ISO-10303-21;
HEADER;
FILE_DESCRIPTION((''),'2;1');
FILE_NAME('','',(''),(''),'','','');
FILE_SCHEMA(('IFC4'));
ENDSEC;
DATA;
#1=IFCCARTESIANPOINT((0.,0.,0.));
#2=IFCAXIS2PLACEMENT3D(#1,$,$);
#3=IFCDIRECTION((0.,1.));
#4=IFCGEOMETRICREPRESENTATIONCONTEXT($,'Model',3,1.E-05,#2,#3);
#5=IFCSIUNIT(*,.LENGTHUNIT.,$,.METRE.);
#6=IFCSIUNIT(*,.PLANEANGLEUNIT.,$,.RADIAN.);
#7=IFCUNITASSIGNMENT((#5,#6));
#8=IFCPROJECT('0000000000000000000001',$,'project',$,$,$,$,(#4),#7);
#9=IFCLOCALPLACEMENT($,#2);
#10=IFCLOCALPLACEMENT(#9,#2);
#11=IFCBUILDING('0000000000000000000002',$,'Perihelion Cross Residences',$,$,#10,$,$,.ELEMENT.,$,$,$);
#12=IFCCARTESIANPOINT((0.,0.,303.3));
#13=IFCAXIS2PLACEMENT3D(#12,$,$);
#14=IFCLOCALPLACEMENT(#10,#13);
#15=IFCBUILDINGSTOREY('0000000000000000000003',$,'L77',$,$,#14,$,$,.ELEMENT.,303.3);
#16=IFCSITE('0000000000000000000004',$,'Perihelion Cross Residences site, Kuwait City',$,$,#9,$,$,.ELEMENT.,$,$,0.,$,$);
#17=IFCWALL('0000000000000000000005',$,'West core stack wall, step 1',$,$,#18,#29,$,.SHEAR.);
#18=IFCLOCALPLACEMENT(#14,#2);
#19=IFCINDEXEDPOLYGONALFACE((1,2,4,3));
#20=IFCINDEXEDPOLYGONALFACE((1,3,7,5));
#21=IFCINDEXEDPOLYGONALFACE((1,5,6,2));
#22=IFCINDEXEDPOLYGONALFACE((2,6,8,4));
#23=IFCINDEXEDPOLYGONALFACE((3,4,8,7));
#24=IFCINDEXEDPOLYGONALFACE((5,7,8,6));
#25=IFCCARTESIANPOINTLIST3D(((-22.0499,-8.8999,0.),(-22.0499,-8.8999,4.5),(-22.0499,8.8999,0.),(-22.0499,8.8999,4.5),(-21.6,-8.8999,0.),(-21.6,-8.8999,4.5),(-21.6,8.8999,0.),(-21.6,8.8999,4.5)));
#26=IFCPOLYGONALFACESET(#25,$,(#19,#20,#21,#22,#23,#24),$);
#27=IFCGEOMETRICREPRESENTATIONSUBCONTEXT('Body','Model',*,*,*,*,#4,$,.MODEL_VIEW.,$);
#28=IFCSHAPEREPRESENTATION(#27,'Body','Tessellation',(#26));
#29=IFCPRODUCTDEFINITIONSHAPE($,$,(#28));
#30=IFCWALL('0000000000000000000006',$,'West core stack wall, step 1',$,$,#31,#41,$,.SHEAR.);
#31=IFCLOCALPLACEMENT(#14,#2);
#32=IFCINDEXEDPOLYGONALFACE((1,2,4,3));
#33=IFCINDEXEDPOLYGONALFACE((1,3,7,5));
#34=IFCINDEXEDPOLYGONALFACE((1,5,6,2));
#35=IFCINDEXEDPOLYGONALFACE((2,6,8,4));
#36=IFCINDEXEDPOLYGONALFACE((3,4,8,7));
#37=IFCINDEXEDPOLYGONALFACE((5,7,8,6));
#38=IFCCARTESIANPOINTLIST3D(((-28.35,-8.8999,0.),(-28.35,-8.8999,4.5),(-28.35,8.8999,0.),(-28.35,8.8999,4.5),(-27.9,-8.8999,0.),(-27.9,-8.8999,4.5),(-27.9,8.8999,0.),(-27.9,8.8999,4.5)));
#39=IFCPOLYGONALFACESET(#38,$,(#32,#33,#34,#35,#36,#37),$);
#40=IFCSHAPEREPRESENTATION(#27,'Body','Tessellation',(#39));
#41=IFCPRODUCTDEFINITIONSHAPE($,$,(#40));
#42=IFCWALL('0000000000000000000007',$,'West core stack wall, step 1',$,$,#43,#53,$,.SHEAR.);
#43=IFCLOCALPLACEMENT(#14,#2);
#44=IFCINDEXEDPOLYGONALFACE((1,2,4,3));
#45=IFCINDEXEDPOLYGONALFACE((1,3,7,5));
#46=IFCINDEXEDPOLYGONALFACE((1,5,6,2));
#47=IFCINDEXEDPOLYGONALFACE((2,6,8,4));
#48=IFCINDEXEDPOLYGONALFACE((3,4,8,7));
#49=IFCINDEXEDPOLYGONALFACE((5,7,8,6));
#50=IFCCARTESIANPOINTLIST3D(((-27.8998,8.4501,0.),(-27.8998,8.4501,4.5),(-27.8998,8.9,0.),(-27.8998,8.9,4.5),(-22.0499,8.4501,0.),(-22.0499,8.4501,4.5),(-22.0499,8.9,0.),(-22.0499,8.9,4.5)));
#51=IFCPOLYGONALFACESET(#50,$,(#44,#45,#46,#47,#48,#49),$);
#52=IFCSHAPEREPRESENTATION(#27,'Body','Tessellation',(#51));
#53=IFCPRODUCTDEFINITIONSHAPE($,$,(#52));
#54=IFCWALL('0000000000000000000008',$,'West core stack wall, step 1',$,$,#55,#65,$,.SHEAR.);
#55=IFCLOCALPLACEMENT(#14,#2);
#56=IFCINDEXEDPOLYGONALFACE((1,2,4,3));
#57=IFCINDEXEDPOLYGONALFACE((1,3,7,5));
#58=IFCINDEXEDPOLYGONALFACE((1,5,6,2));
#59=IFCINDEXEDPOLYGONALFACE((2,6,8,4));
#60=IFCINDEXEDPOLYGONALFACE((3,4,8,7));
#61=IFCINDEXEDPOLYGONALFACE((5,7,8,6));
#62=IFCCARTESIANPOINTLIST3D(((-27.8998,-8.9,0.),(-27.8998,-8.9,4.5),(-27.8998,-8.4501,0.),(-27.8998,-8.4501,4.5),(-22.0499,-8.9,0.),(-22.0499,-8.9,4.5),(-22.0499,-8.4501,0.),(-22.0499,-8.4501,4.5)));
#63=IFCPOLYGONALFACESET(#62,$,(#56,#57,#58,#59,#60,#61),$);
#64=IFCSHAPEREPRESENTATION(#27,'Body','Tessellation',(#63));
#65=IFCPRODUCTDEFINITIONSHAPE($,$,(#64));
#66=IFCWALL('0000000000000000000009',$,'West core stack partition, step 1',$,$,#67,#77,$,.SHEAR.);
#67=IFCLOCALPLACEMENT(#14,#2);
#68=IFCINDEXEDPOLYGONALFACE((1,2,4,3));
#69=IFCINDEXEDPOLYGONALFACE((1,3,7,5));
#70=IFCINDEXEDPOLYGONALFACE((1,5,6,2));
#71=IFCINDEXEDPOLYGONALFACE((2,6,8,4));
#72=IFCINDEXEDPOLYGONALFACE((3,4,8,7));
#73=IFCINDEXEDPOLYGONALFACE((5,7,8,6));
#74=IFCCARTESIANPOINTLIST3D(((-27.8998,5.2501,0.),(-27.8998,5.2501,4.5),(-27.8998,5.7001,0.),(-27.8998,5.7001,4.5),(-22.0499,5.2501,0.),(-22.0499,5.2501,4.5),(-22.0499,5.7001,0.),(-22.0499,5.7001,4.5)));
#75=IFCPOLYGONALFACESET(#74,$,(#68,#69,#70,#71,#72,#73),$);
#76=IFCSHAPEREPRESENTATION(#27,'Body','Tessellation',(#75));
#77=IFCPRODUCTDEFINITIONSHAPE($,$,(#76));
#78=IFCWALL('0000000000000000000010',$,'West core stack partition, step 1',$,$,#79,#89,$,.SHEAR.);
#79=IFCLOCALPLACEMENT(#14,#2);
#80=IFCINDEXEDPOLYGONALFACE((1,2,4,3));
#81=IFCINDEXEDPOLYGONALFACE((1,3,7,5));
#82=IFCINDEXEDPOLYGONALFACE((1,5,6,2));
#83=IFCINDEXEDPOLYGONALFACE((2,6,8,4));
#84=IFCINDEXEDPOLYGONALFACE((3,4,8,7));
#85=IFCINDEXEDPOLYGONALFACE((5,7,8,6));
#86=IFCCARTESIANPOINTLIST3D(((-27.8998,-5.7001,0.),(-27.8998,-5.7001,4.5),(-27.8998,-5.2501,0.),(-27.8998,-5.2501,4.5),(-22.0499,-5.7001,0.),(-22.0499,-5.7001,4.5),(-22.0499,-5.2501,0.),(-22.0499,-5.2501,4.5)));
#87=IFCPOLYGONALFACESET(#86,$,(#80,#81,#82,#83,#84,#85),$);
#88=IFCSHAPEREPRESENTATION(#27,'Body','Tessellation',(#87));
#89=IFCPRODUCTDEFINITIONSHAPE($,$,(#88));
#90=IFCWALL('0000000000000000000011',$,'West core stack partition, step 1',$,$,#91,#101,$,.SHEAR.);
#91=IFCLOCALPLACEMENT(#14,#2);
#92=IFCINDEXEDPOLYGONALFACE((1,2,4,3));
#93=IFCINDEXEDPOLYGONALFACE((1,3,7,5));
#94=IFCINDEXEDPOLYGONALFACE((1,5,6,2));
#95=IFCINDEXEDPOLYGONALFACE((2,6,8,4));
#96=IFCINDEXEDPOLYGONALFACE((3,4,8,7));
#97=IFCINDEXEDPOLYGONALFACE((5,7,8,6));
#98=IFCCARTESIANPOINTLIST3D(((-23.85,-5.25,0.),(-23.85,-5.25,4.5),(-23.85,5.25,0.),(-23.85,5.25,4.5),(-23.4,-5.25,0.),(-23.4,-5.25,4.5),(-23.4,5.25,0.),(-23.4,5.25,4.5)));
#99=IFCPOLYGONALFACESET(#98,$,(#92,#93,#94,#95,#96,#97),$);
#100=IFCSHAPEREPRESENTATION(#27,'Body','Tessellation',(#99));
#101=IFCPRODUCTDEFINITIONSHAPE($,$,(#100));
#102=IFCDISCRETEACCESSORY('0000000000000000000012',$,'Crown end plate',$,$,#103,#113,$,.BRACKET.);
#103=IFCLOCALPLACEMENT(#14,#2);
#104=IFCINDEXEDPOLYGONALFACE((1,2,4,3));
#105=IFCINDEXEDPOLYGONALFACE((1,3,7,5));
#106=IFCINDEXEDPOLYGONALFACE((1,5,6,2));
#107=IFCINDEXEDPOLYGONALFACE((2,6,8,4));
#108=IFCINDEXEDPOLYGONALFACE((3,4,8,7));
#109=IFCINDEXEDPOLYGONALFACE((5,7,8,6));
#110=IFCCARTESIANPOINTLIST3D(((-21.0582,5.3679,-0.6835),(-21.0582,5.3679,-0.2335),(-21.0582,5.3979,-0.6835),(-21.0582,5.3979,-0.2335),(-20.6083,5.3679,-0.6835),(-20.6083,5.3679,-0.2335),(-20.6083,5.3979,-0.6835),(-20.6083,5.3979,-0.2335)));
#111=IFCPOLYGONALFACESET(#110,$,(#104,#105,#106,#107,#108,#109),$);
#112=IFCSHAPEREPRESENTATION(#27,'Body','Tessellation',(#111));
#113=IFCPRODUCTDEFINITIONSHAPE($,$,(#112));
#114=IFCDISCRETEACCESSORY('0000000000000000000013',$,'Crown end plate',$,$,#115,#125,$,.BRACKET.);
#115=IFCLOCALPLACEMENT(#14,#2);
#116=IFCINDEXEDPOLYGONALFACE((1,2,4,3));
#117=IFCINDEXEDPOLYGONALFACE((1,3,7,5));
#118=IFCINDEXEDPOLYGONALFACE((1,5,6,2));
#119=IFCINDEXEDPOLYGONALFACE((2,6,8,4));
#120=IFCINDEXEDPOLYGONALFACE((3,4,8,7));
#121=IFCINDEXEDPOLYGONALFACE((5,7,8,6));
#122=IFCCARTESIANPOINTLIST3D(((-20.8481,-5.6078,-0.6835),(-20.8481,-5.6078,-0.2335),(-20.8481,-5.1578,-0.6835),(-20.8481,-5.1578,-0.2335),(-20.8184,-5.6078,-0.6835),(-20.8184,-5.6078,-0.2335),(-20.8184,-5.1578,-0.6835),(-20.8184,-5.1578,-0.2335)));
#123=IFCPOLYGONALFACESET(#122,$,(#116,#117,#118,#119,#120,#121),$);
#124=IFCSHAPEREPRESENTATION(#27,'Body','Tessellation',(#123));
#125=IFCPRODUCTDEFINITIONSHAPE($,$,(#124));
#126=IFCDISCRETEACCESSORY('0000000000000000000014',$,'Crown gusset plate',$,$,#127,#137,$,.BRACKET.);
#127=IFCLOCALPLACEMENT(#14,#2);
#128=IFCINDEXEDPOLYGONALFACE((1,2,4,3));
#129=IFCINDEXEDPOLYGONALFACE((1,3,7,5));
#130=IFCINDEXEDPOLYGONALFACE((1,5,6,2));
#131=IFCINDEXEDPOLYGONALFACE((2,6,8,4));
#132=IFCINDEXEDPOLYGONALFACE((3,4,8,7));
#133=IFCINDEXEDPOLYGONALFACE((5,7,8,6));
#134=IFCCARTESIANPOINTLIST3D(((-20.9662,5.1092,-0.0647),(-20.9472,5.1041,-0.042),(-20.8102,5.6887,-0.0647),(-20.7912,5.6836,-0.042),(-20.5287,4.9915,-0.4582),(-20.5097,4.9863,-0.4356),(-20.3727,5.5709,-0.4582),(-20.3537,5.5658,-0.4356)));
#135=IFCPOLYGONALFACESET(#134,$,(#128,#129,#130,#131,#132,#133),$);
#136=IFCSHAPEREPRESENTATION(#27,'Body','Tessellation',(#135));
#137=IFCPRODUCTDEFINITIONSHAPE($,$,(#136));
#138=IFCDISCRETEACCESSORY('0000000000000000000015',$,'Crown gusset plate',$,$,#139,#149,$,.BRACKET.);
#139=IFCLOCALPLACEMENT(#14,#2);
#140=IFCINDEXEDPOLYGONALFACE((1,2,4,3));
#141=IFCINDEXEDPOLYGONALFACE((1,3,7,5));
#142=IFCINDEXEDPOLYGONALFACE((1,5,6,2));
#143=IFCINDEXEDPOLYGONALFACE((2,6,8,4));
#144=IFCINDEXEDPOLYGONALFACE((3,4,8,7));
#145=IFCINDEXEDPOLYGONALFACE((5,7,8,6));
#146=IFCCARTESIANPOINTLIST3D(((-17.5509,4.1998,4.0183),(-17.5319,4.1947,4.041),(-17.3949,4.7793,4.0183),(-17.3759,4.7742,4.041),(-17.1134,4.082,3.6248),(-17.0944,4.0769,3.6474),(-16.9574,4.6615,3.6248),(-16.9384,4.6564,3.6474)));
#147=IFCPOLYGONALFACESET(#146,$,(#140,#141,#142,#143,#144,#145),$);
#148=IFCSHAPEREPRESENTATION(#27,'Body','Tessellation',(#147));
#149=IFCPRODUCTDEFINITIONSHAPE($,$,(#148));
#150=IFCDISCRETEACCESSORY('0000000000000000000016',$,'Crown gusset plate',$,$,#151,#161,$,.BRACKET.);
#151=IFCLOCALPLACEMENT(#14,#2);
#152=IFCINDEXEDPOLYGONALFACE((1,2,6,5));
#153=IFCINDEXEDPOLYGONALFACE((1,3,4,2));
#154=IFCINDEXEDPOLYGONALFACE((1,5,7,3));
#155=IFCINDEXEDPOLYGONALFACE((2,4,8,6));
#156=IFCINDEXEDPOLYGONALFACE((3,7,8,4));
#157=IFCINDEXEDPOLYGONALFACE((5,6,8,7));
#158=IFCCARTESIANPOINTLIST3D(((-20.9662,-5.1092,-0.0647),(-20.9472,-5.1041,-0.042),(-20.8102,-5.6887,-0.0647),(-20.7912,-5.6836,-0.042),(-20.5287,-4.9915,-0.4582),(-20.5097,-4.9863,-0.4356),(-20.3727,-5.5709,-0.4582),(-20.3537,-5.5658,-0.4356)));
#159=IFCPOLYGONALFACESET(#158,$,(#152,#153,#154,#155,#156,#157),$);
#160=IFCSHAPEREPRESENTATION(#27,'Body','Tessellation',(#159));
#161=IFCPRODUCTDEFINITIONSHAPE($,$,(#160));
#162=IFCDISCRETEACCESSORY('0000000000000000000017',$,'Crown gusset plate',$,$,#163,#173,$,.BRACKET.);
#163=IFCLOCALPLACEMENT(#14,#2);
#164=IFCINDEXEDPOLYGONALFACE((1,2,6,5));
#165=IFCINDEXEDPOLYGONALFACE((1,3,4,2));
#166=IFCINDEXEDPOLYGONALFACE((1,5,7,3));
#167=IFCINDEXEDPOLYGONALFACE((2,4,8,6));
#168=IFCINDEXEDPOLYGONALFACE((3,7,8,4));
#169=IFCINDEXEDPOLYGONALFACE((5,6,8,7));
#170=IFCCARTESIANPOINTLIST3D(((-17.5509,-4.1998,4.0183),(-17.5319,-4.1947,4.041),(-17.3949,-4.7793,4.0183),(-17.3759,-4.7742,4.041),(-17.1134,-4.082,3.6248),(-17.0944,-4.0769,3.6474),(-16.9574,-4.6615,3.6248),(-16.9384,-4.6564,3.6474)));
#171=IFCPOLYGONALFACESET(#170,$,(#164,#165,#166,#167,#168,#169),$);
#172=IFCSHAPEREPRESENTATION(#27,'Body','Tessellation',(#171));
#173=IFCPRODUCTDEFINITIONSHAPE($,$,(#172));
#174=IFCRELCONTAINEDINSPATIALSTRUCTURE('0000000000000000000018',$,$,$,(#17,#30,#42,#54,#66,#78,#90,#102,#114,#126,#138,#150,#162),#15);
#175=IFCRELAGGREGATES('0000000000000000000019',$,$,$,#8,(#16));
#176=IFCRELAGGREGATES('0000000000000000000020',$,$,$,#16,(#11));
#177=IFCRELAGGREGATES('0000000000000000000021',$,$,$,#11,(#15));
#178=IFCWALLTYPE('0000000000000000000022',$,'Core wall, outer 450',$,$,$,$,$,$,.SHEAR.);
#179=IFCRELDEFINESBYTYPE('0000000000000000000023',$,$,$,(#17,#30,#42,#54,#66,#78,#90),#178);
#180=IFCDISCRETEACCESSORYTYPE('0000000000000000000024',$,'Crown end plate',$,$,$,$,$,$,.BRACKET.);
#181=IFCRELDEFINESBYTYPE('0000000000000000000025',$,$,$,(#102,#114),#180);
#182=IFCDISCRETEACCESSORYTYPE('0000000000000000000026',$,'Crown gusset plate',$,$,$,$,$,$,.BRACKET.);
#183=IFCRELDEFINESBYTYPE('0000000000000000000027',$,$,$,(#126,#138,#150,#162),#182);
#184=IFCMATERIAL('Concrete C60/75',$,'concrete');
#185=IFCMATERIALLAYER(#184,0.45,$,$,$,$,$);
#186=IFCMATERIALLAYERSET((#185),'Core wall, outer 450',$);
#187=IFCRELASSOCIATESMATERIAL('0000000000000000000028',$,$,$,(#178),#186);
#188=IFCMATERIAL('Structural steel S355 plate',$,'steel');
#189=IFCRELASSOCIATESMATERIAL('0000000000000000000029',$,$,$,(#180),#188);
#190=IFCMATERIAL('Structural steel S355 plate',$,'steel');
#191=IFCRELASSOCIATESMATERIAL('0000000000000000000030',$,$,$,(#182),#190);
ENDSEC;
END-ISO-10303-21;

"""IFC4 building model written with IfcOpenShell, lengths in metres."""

from ifc_helpers import new_model, si_unit, direction, frame, frame_2d, origin, origin_2d, place, context, subcontext, project, spatial, rectangle, extrude, material, layer, layer_set, material_profile, profile_set, type_object, element, save


model = new_model("IFC4")

# Units and contexts
model_context = context("Model", 3, precision=1e-05, world=origin(), true_north=direction((0.0, 1.0)))
body_context = subcontext(model_context, "Body", "Model", "MODEL_VIEW")
ifc_project = project(units=[si_unit("LENGTHUNIT", "METRE"), si_unit("PLANEANGLEUNIT", "RADIAN")], contexts=[model_context])

# Site, building, storey
site_placement = place(None, origin())
site = spatial("IfcSite", under=ifc_project, at=site_placement, Name="Perihelion Cross Residences site, Kuwait City", CompositionType="ELEMENT", RefElevation=0.0)
building_placement = place(site_placement, origin())
building = spatial("IfcBuilding", under=site, at=building_placement, Name="Perihelion Cross Residences", CompositionType="ELEMENT")
storey_placement = place(building_placement, frame((0.0, 0.0, 303.3)))
storey = spatial("IfcBuildingStorey", under=building, at=storey_placement, Name="L77", CompositionType="ELEMENT", Elevation=303.3)

# Walls
ifc_material_1 = material(Name="Concrete C60/75", Category="concrete")
ifc_layer_1 = layer(ifc_material_1, 0.45)
ifc_layer_set_1 = layer_set([ifc_layer_1], Name="Core wall, outer 450")
wall_type = type_object("IfcWallType", Name="Core wall, outer 450", PredefinedType="SHEAR", material=ifc_layer_set_1)
for number, where, z_axis, x_axis, name in (
    (1, (-21.825, -8.8999, 0.0), (0.0, 0.0, 1.0), (0.0, 1.0, 0.0), "West core stack wall, step 1"),
    (2, (-28.125, -8.8999, 0.0), (0.0, 0.0, 1.0), (0.0, 1.0, 0.0), "West core stack wall, step 1"),
):
    element("IfcWall", number, at=place(storey_placement, frame(where, z_axis=z_axis, x_axis=x_axis)), inside=storey, type_object=wall_type, Name=name, PredefinedType="SHEAR", context=body_context, shape_type="SweptSolid", body=[
        extrude(rectangle(XDim=17.7998, YDim=0.45, at=frame_2d((8.8999, 0.0))), origin(), (0.0, 0.0, 1.0), 4.5),
    ])
for number, where, z_axis, x_axis, name in (
    (3, (-22.05, 8.675, 0.0), (0.0, 0.0, 1.0), (-1.0, 0.0, 0.0), "West core stack wall, step 1"),
    (4, (-22.05, -8.675, 0.0), (0.0, 0.0, 1.0), (-1.0, 0.0, 0.0), "West core stack wall, step 1"),
    (5, (-22.05, 5.4751, 0.0), (0.0, 0.0, 1.0), (-1.0, 0.0, 0.0), "West core stack partition, step 1"),
    (6, (-22.05, -5.4751, 0.0), (0.0, 0.0, 1.0), (-1.0, 0.0, 0.0), "West core stack partition, step 1"),
):
    element("IfcWall", number, at=place(storey_placement, frame(where, z_axis=z_axis, x_axis=x_axis)), inside=storey, type_object=wall_type, Name=name, PredefinedType="SHEAR", context=body_context, shape_type="SweptSolid", body=[
        extrude(rectangle(XDim=5.8499, YDim=0.45, at=frame_2d((2.9248, 0.0))), origin(), (0.0, 0.0, 1.0), 4.5),
    ])
wall_placement = place(storey_placement, frame((-23.625, -5.25, 0.0), z_axis=(0.0, 0.0, 1.0), x_axis=(0.0, 1.0, 0.0)))
element("IfcWall", 7, at=wall_placement, inside=storey, type_object=wall_type, Name="West core stack partition, step 1", PredefinedType="SHEAR", context=body_context, shape_type="SweptSolid", body=[
    extrude(rectangle(XDim=10.5, YDim=0.45, at=frame_2d((5.25, 0.0))), origin(), (0.0, 0.0, 1.0), 4.5),
])

# Discrete accessories
ifc_material_2 = material(Name="Structural steel S355 plate", Category="steel")
ifc_material_profile_1 = material_profile(ifc_material_2, rectangle(XDim=0.45, YDim=0.45, at=origin_2d()), Name="Crown end plate")
ifc_profile_set_1 = profile_set([ifc_material_profile_1], Name="Structural steel S355 plate")
discrete_accessory_type_1 = type_object("IfcDiscreteAccessoryType", Name="Crown end plate", PredefinedType="BRACKET", material=ifc_profile_set_1)
discrete_accessory_1_placement = place(storey_placement, frame((-20.8333, 5.3979, -0.4585), z_axis=(0.0, -1.0, 0.0), x_axis=(1.0, 0.0, 0.0)))
element("IfcDiscreteAccessory", 8, at=discrete_accessory_1_placement, inside=storey, type_object=discrete_accessory_type_1, Name="Crown end plate", PredefinedType="BRACKET", context=body_context, shape_type="SweptSolid", body=[
    extrude(rectangle(XDim=0.45, YDim=0.45, at=origin_2d()), origin(), (0.0, 0.0, 1.0), 0.03),
])
discrete_accessory_2_placement = place(storey_placement, frame((-20.8481, -5.3828, -0.4585), z_axis=(1.0, 0.0, 0.0), x_axis=(0.0, 1.0, 0.0)))
element("IfcDiscreteAccessory", 9, at=discrete_accessory_2_placement, inside=storey, type_object=discrete_accessory_type_1, Name="Crown end plate", PredefinedType="BRACKET", context=body_context, shape_type="SweptSolid", body=[
    extrude(rectangle(XDim=0.45, YDim=0.45, at=origin_2d()), origin(), (0.0, 0.0, 1.0), 0.0298),
])
ifc_material_3 = material(Name="Structural steel S355 plate", Category="steel")
ifc_material_profile_2 = material_profile(ifc_material_3, rectangle(XDim=0.6001, YDim=0.6001, at=origin_2d()), Name="Crown gusset plate")
ifc_profile_set_2 = profile_set([ifc_material_profile_2], Name="Structural steel S355 plate")
discrete_accessory_type_2 = type_object("IfcDiscreteAccessoryType", Name="Crown gusset plate", PredefinedType="BRACKET", material=ifc_profile_set_2)
for number, where, z_axis, x_axis, name in (
    (10, (-20.6694, 5.3401, -0.2615), (0.633205, -0.170478, 0.754976), (0.259973, 0.965616, 0.0), "Crown gusset plate"),
    (11, (-17.2542, 4.4307, 3.8215), (0.633205, -0.170478, 0.754976), (0.259973, 0.965616, 0.0), "Crown gusset plate"),
    (12, (-20.6694, -5.3401, -0.2615), (0.633205, 0.170478, 0.754976), (-0.259973, 0.965616, 0.0), "Crown gusset plate"),
    (13, (-17.2542, -4.4307, 3.8215), (0.633205, 0.170478, 0.754976), (-0.259973, 0.965616, 0.0), "Crown gusset plate"),
):
    element("IfcDiscreteAccessory", number, at=place(storey_placement, frame(where, z_axis=z_axis, x_axis=x_axis)), inside=storey, type_object=discrete_accessory_type_2, Name=name, PredefinedType="BRACKET", context=body_context, shape_type="SweptSolid", body=[
        extrude(rectangle(XDim=0.6001, YDim=0.6001, at=origin_2d()), origin(), (0.0, 0.0, 1.0), 0.03),
    ])

save(model, "model.ifc")
